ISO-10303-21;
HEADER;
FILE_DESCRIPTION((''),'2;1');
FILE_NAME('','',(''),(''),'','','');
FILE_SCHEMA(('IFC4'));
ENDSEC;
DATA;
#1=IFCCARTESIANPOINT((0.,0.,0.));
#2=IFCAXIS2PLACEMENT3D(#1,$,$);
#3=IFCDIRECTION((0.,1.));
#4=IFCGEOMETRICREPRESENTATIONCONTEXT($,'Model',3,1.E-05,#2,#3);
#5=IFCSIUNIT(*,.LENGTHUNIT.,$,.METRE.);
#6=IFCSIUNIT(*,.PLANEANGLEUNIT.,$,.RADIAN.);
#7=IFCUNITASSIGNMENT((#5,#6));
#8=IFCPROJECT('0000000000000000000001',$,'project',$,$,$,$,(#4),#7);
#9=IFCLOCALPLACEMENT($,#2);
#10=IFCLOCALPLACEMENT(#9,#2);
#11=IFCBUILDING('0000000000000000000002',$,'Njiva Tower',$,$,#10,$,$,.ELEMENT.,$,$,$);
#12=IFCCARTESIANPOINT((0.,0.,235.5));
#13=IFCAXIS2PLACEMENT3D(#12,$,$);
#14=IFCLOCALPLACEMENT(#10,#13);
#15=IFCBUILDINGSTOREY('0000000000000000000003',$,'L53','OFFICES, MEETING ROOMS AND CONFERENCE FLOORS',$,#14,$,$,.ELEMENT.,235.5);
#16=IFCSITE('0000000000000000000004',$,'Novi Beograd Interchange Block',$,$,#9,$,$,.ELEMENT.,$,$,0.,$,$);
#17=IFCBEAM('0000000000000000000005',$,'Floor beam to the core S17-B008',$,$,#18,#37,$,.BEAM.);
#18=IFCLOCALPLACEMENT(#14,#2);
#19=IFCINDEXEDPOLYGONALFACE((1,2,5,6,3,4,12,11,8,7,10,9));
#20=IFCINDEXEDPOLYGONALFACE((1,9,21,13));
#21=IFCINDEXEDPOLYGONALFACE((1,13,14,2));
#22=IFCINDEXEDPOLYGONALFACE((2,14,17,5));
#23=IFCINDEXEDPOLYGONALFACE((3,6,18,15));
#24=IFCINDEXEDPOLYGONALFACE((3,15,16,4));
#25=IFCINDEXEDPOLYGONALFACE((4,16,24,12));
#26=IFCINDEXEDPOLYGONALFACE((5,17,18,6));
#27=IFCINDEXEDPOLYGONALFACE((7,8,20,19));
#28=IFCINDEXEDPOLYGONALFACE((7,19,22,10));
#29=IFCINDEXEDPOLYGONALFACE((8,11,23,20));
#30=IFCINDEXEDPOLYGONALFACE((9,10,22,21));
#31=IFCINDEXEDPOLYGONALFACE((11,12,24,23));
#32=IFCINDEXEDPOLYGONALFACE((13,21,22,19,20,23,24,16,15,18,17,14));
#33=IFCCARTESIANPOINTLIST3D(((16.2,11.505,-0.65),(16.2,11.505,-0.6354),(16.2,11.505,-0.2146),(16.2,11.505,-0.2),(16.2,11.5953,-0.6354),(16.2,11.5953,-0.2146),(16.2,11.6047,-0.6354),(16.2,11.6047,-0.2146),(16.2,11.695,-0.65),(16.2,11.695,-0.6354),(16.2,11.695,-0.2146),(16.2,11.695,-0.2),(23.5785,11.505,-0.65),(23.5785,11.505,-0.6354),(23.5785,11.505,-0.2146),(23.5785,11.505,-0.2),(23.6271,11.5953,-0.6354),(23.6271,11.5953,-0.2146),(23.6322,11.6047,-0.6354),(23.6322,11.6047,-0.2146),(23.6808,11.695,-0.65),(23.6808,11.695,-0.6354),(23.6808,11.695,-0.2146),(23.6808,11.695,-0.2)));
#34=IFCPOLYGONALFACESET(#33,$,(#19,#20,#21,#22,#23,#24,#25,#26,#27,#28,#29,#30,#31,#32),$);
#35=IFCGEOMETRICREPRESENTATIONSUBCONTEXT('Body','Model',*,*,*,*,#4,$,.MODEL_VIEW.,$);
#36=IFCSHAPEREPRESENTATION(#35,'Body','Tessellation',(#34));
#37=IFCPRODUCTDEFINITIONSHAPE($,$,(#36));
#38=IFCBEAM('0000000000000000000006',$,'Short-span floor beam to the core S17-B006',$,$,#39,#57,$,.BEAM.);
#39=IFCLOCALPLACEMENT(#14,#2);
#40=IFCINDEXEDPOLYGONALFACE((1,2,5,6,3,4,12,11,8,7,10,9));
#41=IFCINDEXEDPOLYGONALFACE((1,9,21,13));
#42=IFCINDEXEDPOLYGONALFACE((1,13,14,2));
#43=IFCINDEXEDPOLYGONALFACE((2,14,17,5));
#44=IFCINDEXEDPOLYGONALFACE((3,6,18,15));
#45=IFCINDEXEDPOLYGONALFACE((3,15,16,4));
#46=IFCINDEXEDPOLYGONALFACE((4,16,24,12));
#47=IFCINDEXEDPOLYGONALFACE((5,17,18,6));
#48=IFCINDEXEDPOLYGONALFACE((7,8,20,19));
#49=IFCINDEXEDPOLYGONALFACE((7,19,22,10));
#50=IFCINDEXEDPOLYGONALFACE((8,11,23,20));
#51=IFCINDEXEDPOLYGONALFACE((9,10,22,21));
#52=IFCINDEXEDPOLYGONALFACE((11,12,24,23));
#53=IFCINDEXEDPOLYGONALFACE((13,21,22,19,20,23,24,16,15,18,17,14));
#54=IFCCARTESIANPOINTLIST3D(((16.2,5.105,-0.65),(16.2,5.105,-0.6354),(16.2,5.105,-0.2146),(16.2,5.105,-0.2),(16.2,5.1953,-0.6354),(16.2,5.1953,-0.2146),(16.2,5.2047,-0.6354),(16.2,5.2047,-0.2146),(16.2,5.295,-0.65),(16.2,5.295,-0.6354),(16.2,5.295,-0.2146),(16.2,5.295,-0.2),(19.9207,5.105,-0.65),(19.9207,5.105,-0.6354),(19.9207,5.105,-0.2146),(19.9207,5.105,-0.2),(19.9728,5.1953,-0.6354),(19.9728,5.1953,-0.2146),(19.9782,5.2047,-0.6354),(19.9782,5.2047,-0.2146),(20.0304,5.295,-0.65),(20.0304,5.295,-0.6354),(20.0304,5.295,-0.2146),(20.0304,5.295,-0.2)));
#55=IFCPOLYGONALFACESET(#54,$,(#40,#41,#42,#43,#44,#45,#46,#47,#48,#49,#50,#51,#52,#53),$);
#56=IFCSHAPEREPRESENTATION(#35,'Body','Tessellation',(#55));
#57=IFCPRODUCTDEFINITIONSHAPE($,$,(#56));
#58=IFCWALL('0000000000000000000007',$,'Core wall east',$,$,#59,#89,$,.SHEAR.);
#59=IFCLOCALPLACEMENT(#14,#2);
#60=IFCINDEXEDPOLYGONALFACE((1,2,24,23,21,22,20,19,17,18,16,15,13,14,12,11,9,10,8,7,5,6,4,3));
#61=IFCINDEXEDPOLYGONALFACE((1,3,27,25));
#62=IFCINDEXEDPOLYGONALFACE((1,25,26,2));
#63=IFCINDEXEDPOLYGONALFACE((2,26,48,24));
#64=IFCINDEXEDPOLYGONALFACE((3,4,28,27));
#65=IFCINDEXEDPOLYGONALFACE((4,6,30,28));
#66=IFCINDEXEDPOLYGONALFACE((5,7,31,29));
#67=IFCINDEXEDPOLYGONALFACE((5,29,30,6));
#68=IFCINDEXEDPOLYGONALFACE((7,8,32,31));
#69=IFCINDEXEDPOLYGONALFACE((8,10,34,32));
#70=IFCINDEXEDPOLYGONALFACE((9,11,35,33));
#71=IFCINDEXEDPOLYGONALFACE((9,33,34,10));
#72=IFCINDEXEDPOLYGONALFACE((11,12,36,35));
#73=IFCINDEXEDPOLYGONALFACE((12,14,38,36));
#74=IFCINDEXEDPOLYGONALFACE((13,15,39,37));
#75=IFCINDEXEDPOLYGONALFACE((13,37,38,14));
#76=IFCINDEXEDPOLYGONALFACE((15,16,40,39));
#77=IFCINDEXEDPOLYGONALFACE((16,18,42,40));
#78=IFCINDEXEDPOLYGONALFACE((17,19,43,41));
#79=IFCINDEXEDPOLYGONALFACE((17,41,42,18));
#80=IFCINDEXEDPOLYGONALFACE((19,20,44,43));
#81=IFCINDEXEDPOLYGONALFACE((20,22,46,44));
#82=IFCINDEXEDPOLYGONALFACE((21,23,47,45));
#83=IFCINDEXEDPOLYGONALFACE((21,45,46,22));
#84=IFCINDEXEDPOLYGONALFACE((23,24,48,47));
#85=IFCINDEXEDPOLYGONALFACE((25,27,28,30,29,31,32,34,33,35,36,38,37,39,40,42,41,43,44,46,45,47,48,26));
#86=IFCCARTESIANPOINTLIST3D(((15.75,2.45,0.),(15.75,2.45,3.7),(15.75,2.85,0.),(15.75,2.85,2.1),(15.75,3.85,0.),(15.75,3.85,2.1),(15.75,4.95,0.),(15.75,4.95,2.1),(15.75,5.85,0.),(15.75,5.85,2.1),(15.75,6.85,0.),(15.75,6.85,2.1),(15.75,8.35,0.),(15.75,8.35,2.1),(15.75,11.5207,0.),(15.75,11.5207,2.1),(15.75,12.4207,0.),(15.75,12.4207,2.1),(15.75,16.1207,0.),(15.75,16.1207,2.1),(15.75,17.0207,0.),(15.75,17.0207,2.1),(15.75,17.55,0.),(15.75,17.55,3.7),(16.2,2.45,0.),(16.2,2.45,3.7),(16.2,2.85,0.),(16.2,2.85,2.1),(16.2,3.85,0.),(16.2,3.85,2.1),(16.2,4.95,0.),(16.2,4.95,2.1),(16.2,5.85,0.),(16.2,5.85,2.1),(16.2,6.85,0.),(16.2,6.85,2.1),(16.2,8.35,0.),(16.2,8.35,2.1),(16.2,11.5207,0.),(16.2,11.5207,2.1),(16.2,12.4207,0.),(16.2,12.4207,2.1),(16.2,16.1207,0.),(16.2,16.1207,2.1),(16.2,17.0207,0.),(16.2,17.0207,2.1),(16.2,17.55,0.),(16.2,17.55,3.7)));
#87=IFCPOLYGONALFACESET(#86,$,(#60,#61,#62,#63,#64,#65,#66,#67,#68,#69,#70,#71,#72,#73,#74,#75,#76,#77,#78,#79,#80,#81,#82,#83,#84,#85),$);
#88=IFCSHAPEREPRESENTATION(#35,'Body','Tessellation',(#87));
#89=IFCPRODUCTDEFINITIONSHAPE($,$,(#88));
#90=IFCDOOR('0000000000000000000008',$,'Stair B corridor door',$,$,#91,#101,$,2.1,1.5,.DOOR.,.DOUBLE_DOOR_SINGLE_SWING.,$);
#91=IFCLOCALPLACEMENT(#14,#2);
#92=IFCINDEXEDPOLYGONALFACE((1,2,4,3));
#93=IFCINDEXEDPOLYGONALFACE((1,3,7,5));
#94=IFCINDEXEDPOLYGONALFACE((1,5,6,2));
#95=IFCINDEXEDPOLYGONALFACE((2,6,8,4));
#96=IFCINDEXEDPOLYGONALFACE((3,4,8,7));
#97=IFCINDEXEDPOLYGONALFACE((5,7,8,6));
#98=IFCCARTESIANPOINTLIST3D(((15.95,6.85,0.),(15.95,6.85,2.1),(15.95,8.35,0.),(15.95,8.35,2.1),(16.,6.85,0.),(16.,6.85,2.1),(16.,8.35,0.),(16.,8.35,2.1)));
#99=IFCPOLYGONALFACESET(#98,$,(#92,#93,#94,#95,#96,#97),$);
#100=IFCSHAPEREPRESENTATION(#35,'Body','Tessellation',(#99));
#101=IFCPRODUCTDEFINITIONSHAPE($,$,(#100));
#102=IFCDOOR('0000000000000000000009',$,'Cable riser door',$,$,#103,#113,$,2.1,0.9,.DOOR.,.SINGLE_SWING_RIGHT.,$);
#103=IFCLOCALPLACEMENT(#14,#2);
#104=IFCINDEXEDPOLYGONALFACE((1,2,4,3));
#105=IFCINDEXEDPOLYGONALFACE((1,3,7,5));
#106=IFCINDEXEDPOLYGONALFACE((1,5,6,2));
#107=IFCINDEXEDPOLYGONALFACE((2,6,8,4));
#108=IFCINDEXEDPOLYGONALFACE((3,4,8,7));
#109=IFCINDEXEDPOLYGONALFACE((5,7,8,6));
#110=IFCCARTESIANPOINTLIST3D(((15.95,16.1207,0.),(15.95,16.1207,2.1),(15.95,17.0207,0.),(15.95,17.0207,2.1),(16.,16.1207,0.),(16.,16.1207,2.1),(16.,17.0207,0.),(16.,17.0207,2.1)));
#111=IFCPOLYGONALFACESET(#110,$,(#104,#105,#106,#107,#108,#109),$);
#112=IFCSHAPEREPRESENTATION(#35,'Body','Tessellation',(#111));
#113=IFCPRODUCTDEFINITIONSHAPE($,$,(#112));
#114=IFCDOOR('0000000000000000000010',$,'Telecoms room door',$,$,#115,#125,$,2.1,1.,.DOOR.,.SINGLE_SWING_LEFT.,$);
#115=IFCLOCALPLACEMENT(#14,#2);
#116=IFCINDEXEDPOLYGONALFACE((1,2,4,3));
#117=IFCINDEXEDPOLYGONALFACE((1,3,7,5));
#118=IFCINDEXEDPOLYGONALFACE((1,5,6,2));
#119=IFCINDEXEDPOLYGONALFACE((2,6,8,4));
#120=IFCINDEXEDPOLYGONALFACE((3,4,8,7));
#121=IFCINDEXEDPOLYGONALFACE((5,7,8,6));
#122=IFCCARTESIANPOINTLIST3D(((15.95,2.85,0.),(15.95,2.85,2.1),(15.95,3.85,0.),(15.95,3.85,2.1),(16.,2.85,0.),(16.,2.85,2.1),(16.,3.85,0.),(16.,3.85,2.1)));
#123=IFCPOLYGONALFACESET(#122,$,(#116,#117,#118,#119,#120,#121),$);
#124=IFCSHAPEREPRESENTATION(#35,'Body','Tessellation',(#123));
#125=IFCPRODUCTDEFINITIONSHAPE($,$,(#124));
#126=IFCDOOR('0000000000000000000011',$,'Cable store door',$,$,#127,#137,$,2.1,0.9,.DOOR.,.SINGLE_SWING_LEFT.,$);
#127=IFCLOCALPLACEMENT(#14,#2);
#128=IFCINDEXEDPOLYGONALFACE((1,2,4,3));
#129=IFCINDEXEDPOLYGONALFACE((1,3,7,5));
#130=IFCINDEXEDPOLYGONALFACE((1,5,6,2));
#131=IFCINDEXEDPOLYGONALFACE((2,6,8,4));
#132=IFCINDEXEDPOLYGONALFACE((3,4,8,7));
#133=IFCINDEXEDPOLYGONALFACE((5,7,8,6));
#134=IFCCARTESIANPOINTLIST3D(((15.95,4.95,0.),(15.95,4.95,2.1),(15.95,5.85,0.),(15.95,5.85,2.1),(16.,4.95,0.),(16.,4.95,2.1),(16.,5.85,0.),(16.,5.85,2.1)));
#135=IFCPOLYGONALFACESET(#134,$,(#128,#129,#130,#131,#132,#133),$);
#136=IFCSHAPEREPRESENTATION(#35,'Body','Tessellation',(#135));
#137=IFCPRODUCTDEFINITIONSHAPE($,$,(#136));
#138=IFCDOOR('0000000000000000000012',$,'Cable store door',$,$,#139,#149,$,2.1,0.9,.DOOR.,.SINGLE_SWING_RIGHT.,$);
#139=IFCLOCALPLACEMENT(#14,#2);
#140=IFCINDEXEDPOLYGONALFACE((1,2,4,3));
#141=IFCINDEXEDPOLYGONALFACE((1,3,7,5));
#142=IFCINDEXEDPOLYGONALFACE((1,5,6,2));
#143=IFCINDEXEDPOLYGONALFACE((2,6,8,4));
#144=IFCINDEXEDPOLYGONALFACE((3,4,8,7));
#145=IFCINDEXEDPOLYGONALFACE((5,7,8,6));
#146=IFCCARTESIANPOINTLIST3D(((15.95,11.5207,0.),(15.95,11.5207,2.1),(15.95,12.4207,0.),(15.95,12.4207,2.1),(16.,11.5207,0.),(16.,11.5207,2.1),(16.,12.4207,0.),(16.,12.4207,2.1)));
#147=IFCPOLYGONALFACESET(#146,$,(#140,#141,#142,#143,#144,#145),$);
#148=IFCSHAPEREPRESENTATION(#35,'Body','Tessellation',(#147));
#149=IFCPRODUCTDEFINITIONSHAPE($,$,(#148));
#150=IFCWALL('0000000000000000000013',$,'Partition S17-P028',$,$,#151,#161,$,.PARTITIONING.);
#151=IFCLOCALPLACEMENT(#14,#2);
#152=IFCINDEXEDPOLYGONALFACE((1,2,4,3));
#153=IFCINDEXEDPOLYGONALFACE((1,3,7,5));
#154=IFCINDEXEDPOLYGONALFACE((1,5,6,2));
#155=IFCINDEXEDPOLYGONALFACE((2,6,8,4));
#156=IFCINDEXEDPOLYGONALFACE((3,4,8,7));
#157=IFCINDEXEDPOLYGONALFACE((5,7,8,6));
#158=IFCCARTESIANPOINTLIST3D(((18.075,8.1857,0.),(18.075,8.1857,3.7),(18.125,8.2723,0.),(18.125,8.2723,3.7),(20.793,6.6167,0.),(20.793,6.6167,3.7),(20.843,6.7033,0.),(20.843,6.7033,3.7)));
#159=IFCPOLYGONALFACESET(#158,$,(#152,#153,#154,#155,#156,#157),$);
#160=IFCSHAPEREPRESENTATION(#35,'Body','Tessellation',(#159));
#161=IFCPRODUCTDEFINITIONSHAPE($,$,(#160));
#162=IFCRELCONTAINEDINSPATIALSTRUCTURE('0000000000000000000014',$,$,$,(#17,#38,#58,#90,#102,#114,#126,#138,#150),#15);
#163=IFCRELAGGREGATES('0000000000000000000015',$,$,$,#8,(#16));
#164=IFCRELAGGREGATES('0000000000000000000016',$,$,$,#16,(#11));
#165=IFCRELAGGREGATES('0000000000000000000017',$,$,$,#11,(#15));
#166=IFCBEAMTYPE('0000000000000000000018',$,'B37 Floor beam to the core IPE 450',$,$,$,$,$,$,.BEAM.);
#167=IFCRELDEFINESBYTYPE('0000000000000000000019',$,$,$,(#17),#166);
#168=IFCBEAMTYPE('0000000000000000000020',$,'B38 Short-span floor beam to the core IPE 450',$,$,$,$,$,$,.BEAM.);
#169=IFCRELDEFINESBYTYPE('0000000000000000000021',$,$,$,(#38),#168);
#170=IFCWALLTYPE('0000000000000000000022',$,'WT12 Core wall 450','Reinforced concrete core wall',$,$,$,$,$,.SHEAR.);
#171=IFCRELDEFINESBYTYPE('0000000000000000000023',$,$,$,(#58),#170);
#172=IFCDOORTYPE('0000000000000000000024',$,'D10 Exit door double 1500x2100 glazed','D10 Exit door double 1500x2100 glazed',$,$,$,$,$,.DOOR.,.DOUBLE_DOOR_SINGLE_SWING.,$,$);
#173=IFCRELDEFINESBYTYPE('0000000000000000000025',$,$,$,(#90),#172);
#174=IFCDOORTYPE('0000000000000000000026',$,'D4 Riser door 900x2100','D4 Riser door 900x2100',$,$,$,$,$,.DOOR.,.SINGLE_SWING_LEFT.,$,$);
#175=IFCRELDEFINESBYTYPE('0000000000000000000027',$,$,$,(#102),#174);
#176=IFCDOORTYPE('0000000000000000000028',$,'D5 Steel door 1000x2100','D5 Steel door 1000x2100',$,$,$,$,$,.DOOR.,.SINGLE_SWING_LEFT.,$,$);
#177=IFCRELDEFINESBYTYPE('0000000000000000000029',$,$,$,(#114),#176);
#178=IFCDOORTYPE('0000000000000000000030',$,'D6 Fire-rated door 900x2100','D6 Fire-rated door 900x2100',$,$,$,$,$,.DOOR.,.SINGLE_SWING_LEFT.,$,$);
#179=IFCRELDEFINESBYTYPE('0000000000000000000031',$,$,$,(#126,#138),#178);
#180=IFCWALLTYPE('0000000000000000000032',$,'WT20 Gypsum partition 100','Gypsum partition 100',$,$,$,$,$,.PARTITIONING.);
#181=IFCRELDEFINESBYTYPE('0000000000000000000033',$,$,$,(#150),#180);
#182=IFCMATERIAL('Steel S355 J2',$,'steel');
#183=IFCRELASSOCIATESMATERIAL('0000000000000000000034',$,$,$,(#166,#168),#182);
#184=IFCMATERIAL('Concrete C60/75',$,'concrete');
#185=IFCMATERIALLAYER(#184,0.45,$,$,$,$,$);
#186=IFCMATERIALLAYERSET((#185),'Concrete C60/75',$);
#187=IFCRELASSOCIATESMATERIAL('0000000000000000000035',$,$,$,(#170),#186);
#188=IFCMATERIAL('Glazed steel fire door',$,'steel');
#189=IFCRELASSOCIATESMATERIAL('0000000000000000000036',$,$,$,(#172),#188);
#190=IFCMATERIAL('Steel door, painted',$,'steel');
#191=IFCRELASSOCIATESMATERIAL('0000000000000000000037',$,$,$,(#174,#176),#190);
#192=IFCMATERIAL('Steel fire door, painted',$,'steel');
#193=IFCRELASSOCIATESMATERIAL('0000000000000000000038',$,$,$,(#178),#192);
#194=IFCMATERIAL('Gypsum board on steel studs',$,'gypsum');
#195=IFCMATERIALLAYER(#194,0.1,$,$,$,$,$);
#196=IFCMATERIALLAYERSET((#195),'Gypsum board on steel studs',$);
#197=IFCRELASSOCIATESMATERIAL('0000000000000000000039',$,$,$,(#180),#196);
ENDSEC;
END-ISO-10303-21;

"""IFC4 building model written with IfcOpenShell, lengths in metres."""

from ifc_helpers import new_model, si_unit, direction, frame, frame_2d, origin, origin_2d, place, context, subcontext, project, spatial, rectangle, i_section, extrude, clip, halfspace, material, layer, layer_set, material_profile, profile_set, type_object, element, fill, save


model = new_model("IFC4")

# Units and contexts
model_context = context("Model", 3, precision=1e-05, world=origin(), true_north=direction((0.0, 1.0)))
body_context = subcontext(model_context, "Body", "Model", "MODEL_VIEW")
ifc_project = project(units=[si_unit("LENGTHUNIT", "METRE"), si_unit("PLANEANGLEUNIT", "RADIAN")], contexts=[model_context])

# Site, building, storey
site_placement = place(None, origin())
site = spatial("IfcSite", under=ifc_project, at=site_placement, Name="Novi Beograd Interchange Block", CompositionType="ELEMENT", RefElevation=0.0)
building_placement = place(site_placement, origin())
building = spatial("IfcBuilding", under=site, at=building_placement, Name="Njiva Tower", CompositionType="ELEMENT")
storey_placement = place(building_placement, frame((0.0, 0.0, 235.5)))
storey = spatial("IfcBuildingStorey", under=building, at=storey_placement, Name="L53", Description="OFFICES, MEETING ROOMS AND CONFERENCE FLOORS", CompositionType="ELEMENT", Elevation=235.5)

# Shared definitions
ifc_material_1 = material(Name="Steel S355 J2", Category="steel")

# Beams
ifc_material_profile_1 = material_profile(ifc_material_1, i_section(OverallWidth=0.19, OverallDepth=0.45, WebThickness=0.0094, FlangeThickness=0.0146, at=origin_2d()), Name="IPE 450")
ifc_profile_set_1 = profile_set([ifc_material_profile_1], Name="Steel S355 J2")
beam_type_1 = type_object("IfcBeamType", Name="B37 Floor beam to the core IPE 450", PredefinedType="BEAM", material=ifc_profile_set_1)
beam_1_placement = place(storey_placement, frame((16.2, 11.6, -0.425), z_axis=(1.0, 0.0, 0.0), x_axis=(0.0, 1.0, 0.0)))
element("IfcBeam", 1, at=beam_1_placement, inside=storey, type_object=beam_type_1, Name="Floor beam to the core S17-B008", PredefinedType="BEAM", context=body_context, shape_type="Clipping", body=[
    clip(extrude(i_section(OverallWidth=0.19, OverallDepth=0.45, WebThickness=0.0094, FlangeThickness=0.0146, at=origin_2d()), origin(), (0.0, 0.0, 1.0), 7.501), halfspace(frame((-0.0237, 0.0, 7.4169), z_axis=(-0.473762, 0.0, 0.880653), x_axis=(0.0, 1.0, 0.0)), False)),
])
ifc_material_profile_2 = material_profile(ifc_material_1, i_section(OverallWidth=0.19, OverallDepth=0.45, WebThickness=0.0094, FlangeThickness=0.0146, at=origin_2d()), Name="IPE 450")
ifc_profile_set_2 = profile_set([ifc_material_profile_2], Name="Steel S355 J2")
beam_type_2 = type_object("IfcBeamType", Name="B38 Short-span floor beam to the core IPE 450", PredefinedType="BEAM", material=ifc_profile_set_2)
beam_2_placement = place(storey_placement, frame((16.2, 5.2, -0.425), z_axis=(1.0, 0.0, 0.0), x_axis=(0.0, 1.0, 0.0)))
element("IfcBeam", 2, at=beam_2_placement, inside=storey, type_object=beam_type_2, Name="Short-span floor beam to the core S17-B006", PredefinedType="BEAM", context=body_context, shape_type="Clipping", body=[
    clip(extrude(i_section(OverallWidth=0.19, OverallDepth=0.45, WebThickness=0.0094, FlangeThickness=0.0146, at=origin_2d()), origin(), (0.0, 0.0, 1.0), 3.851), halfspace(frame((-0.025, 0.0, 3.7611), z_axis=(-0.499998, 0.0, 0.866027), x_axis=(0.0, 1.0, 0.0)), False)),
])

# Wall, openings, doors
ifc_material_2 = material(Name="Concrete C60/75", Category="concrete")
ifc_layer_1 = layer(ifc_material_2, 0.45)
ifc_layer_set_1 = layer_set([ifc_layer_1], Name="Concrete C60/75")
wall_type_1 = type_object("IfcWallType", Name="WT12 Core wall 450", Description="Reinforced concrete core wall", PredefinedType="SHEAR", material=ifc_layer_set_1)
wall_1_placement = place(storey_placement, frame((15.975, 2.45, 0.0), z_axis=(0.0, 0.0, 1.0), x_axis=(0.0, 1.0, 0.0)))
wall_1 = element("IfcWall", 3, at=wall_1_placement, inside=storey, type_object=wall_type_1, Name="Core wall east", PredefinedType="SHEAR", context=body_context, shape_type="SweptSolid", body=[
    extrude(rectangle(XDim=15.1, YDim=0.45, at=frame_2d((7.55, 0.0))), origin(), (0.0, 0.0, 1.0), 3.7),
])
opening_1_placement = place(wall_1_placement, frame((4.4, 0.0, 0.0)))
opening_1 = element("IfcOpeningElement", 4, at=opening_1_placement, cuts=wall_1, PredefinedType="OPENING", context=body_context, shape_type="SweptSolid", body=[
    extrude(rectangle(XDim=1.5, YDim=2.1, at=frame_2d((0.75, 1.05))), frame((0.0, 0.235, 0.0), z_axis=(0.0, -1.0, 0.0), x_axis=(1.0, 0.0, 0.0)), (0.0, 0.0, 1.0), 0.47),
])
opening_2_placement = place(wall_1_placement, frame((0.4, 0.0, 0.0)))
opening_2 = element("IfcOpeningElement", 5, at=opening_2_placement, cuts=wall_1, PredefinedType="OPENING", context=body_context, shape_type="SweptSolid", body=[
    extrude(rectangle(XDim=1.0, YDim=2.1, at=frame_2d((0.5, 1.05))), frame((0.0, 0.235, 0.0), z_axis=(0.0, -1.0, 0.0), x_axis=(1.0, 0.0, 0.0)), (0.0, 0.0, 1.0), 0.47),
])
opening_3_placement = place(wall_1_placement, frame((2.5, 0.0, 0.0)))
opening_3 = element("IfcOpeningElement", 6, at=opening_3_placement, cuts=wall_1, PredefinedType="OPENING", context=body_context, shape_type="SweptSolid", body=[
    extrude(rectangle(XDim=0.9, YDim=2.1, at=frame_2d((0.45, 1.05))), frame((0.0, 0.235, 0.0), z_axis=(0.0, -1.0, 0.0), x_axis=(1.0, 0.0, 0.0)), (0.0, 0.0, 1.0), 0.47),
])
opening_4_placement = place(wall_1_placement, frame((9.0707, 0.0, 0.0)))
opening_4 = element("IfcOpeningElement", 7, at=opening_4_placement, cuts=wall_1, PredefinedType="OPENING", context=body_context, shape_type="SweptSolid", body=[
    extrude(rectangle(XDim=0.9, YDim=2.1, at=frame_2d((0.45, 1.05))), frame((0.0, 0.235, 0.0), z_axis=(0.0, -1.0, 0.0), x_axis=(1.0, 0.0, 0.0)), (0.0, 0.0, 1.0), 0.47),
])
opening_5_placement = place(wall_1_placement, frame((13.6707, 0.0, 0.0)))
opening_5 = element("IfcOpeningElement", 8, at=opening_5_placement, cuts=wall_1, PredefinedType="OPENING", context=body_context, shape_type="SweptSolid", body=[
    extrude(rectangle(XDim=0.9, YDim=2.1, at=frame_2d((0.45, 1.05))), frame((0.0, 0.235, 0.0), z_axis=(0.0, -1.0, 0.0), x_axis=(1.0, 0.0, 0.0)), (0.0, 0.0, 1.0), 0.47),
])
ifc_material_3 = material(Name="Glazed steel fire door", Category="steel")
door_type_1 = type_object("IfcDoorType", Name="D10 Exit door double 1500x2100 glazed", Description="D10 Exit door double 1500x2100 glazed", OperationType="DOUBLE_DOOR_SINGLE_SWING", PredefinedType="DOOR", material=ifc_material_3)
door_1_placement = place(opening_1_placement, origin())
door_1 = element("IfcDoor", 9, at=door_1_placement, inside=storey, type_object=door_type_1, Name="Stair B corridor door", OperationType="DOUBLE_DOOR_SINGLE_SWING", OverallHeight=2.1, OverallWidth=1.5, PredefinedType="DOOR", context=body_context, shape_type="SweptSolid", body=[
    extrude(rectangle(XDim=1.5, YDim=2.1, at=frame_2d((0.75, 1.05))), frame((0.0, 0.025, 0.0), z_axis=(0.0, -1.0, 0.0), x_axis=(1.0, 0.0, 0.0)), (0.0, 0.0, 1.0), 0.05),
])
fill(opening_1, door_1)
ifc_material_4 = material(Name="Steel door, painted", Category="steel")
door_type_2 = type_object("IfcDoorType", Name="D4 Riser door 900x2100", Description="D4 Riser door 900x2100", OperationType="SINGLE_SWING_LEFT", PredefinedType="DOOR", material=ifc_material_4)
door_2_placement = place(opening_5_placement, origin())
door_2 = element("IfcDoor", 10, at=door_2_placement, inside=storey, type_object=door_type_2, Name="Cable riser door", OperationType="SINGLE_SWING_RIGHT", OverallHeight=2.1, OverallWidth=0.9, PredefinedType="DOOR", context=body_context, shape_type="SweptSolid", body=[
    extrude(rectangle(XDim=0.9, YDim=2.1, at=frame_2d((0.45, 1.05))), frame((0.0, 0.025, 0.0), z_axis=(0.0, -1.0, 0.0), x_axis=(1.0, 0.0, 0.0)), (0.0, 0.0, 1.0), 0.05),
])
fill(opening_5, door_2)
door_type_3 = type_object("IfcDoorType", Name="D5 Steel door 1000x2100", Description="D5 Steel door 1000x2100", OperationType="SINGLE_SWING_LEFT", PredefinedType="DOOR", material=ifc_material_4)
door_3_placement = place(opening_2_placement, origin())
door_3 = element("IfcDoor", 11, at=door_3_placement, inside=storey, type_object=door_type_3, Name="Telecoms room door", OperationType="SINGLE_SWING_LEFT", OverallHeight=2.1, OverallWidth=1.0, PredefinedType="DOOR", context=body_context, shape_type="SweptSolid", body=[
    extrude(rectangle(XDim=1.0, YDim=2.1, at=frame_2d((0.5, 1.05))), frame((0.0, 0.025, 0.0), z_axis=(0.0, -1.0, 0.0), x_axis=(1.0, 0.0, 0.0)), (0.0, 0.0, 1.0), 0.05),
])
fill(opening_2, door_3)
ifc_material_5 = material(Name="Steel fire door, painted", Category="steel")
door_type_4 = type_object("IfcDoorType", Name="D6 Fire-rated door 900x2100", Description="D6 Fire-rated door 900x2100", OperationType="SINGLE_SWING_LEFT", PredefinedType="DOOR", material=ifc_material_5)
door_4_placement = place(opening_3_placement, origin())
door_4 = element("IfcDoor", 12, at=door_4_placement, inside=storey, type_object=door_type_4, Name="Cable store door", OperationType="SINGLE_SWING_LEFT", OverallHeight=2.1, OverallWidth=0.9, PredefinedType="DOOR", context=body_context, shape_type="SweptSolid", body=[
    extrude(rectangle(XDim=0.9, YDim=2.1, at=frame_2d((0.45, 1.05))), frame((0.0, 0.025, 0.0), z_axis=(0.0, -1.0, 0.0), x_axis=(1.0, 0.0, 0.0)), (0.0, 0.0, 1.0), 0.05),
])
fill(opening_3, door_4)
door_5_placement = place(opening_4_placement, origin())
door_5 = element("IfcDoor", 13, at=door_5_placement, inside=storey, type_object=door_type_4, Name="Cable store door", OperationType="SINGLE_SWING_RIGHT", OverallHeight=2.1, OverallWidth=0.9, PredefinedType="DOOR", context=body_context, shape_type="SweptSolid", body=[
    extrude(rectangle(XDim=0.9, YDim=2.1, at=frame_2d((0.45, 1.05))), frame((0.0, 0.025, 0.0), z_axis=(0.0, -1.0, 0.0), x_axis=(1.0, 0.0, 0.0)), (0.0, 0.0, 1.0), 0.05),
])
fill(opening_4, door_5)

# Wall
ifc_material_6 = material(Name="Gypsum board on steel studs", Category="gypsum")
ifc_layer_2 = layer(ifc_material_6, 0.1)
ifc_layer_set_2 = layer_set([ifc_layer_2], Name="Gypsum board on steel studs")
wall_type_2 = type_object("IfcWallType", Name="WT20 Gypsum partition 100", Description="Gypsum partition 100", PredefinedType="PARTITIONING", material=ifc_layer_set_2)
wall_2_placement = place(storey_placement, frame((18.1, 8.229, 0.0), z_axis=(0.0, 0.0, 1.0), x_axis=(0.866058, -0.499943, 0.0)))
element("IfcWall", 14, at=wall_2_placement, inside=storey, type_object=wall_type_2, Name="Partition S17-P028", PredefinedType="PARTITIONING", context=body_context, shape_type="SweptSolid", body=[
    extrude(rectangle(XDim=3.1384, YDim=0.1, at=frame_2d((1.5692, 0.0))), origin(), (0.0, 0.0, 1.0), 3.7),
])

save(model, "model.ifc")
